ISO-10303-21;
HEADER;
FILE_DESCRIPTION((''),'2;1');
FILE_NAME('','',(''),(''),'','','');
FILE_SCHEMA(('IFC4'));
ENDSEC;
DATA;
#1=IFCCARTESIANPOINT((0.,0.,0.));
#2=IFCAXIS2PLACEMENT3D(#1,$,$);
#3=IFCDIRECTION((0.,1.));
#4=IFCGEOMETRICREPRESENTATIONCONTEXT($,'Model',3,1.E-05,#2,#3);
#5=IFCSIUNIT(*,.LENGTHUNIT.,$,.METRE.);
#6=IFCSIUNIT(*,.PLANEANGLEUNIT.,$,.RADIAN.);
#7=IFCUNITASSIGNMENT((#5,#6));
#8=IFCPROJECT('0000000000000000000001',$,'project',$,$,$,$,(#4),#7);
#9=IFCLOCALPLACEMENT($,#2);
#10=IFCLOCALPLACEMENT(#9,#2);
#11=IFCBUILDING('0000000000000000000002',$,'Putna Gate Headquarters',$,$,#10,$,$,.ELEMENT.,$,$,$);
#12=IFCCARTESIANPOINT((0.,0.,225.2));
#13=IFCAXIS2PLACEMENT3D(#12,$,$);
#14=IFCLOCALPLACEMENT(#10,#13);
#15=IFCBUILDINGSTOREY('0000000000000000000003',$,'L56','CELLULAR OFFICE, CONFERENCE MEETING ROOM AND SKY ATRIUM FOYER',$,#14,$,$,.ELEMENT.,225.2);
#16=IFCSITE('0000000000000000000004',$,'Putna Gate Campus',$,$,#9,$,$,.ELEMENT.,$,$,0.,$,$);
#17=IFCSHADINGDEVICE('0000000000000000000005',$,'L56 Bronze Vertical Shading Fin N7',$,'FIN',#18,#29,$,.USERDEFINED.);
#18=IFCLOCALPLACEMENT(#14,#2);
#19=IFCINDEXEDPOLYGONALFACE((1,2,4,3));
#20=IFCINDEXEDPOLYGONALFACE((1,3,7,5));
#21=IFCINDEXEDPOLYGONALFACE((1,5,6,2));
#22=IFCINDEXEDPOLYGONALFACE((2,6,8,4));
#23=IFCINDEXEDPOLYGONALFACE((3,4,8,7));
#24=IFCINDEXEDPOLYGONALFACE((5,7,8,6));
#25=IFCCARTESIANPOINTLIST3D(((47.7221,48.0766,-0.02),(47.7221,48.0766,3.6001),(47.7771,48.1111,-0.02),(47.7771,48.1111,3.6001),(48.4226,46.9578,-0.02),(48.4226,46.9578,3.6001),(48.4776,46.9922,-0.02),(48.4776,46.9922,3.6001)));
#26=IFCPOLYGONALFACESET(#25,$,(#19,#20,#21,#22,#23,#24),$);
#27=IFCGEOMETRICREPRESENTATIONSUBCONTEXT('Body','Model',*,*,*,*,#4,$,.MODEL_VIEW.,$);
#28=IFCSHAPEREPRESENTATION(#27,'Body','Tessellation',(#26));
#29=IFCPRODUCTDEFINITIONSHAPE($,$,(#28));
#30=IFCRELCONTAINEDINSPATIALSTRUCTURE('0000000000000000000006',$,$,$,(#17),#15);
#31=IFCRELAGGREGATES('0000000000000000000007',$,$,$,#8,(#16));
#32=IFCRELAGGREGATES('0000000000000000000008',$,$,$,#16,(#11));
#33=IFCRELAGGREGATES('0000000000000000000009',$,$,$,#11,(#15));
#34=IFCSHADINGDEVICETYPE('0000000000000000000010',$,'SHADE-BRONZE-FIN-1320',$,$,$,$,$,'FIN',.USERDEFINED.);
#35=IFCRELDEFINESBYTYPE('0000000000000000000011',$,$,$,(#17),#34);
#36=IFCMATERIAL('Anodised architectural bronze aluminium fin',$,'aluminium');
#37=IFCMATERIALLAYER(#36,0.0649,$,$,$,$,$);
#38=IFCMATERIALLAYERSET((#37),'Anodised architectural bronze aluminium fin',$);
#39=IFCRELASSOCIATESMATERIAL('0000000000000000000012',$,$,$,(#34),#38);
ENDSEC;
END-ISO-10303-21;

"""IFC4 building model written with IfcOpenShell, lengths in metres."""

from ifc_helpers import new_model, si_unit, direction, frame, origin, origin_2d, place, context, subcontext, project, spatial, rectangle, extrude, material, layer, layer_set, type_object, element, save


model = new_model("IFC4")

# Units and contexts
model_context = context("Model", 3, precision=1e-05, world=origin(), true_north=direction((0.0, 1.0)))
body_context = subcontext(model_context, "Body", "Model", "MODEL_VIEW")
ifc_project = project(units=[si_unit("LENGTHUNIT", "METRE"), si_unit("PLANEANGLEUNIT", "RADIAN")], contexts=[model_context])

# Site, building, storey
site_placement = place(None, origin())
site = spatial("IfcSite", under=ifc_project, at=site_placement, Name="Putna Gate Campus", CompositionType="ELEMENT", RefElevation=0.0)
building_placement = place(site_placement, origin())
building = spatial("IfcBuilding", under=site, at=building_placement, Name="Putna Gate Headquarters", CompositionType="ELEMENT")
storey_placement = place(building_placement, frame((0.0, 0.0, 225.2)))
storey = spatial("IfcBuildingStorey", under=building, at=storey_placement, Name="L56", Description="CELLULAR OFFICE, CONFERENCE MEETING ROOM AND SKY ATRIUM FOYER", CompositionType="ELEMENT", Elevation=225.2)

# Shading device
ifc_material_1 = material(Name="Anodised architectural bronze aluminium fin", Category="aluminium")
ifc_layer_1 = layer(ifc_material_1, 0.0649)
ifc_layer_set_1 = layer_set([ifc_layer_1], Name="Anodised architectural bronze aluminium fin")
shading_device_type = type_object("IfcShadingDeviceType", Name="SHADE-BRONZE-FIN-1320", ElementType="FIN", PredefinedType="USERDEFINED", material=ifc_layer_set_1)
shading_device_placement = place(storey_placement, frame((48.0999, 47.5344, -0.02), z_axis=(0.0, 0.0, 1.0), x_axis=(-0.530659, 0.847585, 0.0)))
element("IfcShadingDevice", 1, at=shading_device_placement, inside=storey, type_object=shading_device_type, Name="L56 Bronze Vertical Shading Fin N7", ObjectType="FIN", PredefinedType="USERDEFINED", context=body_context, shape_type="SweptSolid", body=[
    extrude(rectangle(XDim=1.3201, YDim=0.0649, at=origin_2d()), origin(), (0.0, 0.0, 1.0), 3.6201),
])

save(model, "model.ifc")
